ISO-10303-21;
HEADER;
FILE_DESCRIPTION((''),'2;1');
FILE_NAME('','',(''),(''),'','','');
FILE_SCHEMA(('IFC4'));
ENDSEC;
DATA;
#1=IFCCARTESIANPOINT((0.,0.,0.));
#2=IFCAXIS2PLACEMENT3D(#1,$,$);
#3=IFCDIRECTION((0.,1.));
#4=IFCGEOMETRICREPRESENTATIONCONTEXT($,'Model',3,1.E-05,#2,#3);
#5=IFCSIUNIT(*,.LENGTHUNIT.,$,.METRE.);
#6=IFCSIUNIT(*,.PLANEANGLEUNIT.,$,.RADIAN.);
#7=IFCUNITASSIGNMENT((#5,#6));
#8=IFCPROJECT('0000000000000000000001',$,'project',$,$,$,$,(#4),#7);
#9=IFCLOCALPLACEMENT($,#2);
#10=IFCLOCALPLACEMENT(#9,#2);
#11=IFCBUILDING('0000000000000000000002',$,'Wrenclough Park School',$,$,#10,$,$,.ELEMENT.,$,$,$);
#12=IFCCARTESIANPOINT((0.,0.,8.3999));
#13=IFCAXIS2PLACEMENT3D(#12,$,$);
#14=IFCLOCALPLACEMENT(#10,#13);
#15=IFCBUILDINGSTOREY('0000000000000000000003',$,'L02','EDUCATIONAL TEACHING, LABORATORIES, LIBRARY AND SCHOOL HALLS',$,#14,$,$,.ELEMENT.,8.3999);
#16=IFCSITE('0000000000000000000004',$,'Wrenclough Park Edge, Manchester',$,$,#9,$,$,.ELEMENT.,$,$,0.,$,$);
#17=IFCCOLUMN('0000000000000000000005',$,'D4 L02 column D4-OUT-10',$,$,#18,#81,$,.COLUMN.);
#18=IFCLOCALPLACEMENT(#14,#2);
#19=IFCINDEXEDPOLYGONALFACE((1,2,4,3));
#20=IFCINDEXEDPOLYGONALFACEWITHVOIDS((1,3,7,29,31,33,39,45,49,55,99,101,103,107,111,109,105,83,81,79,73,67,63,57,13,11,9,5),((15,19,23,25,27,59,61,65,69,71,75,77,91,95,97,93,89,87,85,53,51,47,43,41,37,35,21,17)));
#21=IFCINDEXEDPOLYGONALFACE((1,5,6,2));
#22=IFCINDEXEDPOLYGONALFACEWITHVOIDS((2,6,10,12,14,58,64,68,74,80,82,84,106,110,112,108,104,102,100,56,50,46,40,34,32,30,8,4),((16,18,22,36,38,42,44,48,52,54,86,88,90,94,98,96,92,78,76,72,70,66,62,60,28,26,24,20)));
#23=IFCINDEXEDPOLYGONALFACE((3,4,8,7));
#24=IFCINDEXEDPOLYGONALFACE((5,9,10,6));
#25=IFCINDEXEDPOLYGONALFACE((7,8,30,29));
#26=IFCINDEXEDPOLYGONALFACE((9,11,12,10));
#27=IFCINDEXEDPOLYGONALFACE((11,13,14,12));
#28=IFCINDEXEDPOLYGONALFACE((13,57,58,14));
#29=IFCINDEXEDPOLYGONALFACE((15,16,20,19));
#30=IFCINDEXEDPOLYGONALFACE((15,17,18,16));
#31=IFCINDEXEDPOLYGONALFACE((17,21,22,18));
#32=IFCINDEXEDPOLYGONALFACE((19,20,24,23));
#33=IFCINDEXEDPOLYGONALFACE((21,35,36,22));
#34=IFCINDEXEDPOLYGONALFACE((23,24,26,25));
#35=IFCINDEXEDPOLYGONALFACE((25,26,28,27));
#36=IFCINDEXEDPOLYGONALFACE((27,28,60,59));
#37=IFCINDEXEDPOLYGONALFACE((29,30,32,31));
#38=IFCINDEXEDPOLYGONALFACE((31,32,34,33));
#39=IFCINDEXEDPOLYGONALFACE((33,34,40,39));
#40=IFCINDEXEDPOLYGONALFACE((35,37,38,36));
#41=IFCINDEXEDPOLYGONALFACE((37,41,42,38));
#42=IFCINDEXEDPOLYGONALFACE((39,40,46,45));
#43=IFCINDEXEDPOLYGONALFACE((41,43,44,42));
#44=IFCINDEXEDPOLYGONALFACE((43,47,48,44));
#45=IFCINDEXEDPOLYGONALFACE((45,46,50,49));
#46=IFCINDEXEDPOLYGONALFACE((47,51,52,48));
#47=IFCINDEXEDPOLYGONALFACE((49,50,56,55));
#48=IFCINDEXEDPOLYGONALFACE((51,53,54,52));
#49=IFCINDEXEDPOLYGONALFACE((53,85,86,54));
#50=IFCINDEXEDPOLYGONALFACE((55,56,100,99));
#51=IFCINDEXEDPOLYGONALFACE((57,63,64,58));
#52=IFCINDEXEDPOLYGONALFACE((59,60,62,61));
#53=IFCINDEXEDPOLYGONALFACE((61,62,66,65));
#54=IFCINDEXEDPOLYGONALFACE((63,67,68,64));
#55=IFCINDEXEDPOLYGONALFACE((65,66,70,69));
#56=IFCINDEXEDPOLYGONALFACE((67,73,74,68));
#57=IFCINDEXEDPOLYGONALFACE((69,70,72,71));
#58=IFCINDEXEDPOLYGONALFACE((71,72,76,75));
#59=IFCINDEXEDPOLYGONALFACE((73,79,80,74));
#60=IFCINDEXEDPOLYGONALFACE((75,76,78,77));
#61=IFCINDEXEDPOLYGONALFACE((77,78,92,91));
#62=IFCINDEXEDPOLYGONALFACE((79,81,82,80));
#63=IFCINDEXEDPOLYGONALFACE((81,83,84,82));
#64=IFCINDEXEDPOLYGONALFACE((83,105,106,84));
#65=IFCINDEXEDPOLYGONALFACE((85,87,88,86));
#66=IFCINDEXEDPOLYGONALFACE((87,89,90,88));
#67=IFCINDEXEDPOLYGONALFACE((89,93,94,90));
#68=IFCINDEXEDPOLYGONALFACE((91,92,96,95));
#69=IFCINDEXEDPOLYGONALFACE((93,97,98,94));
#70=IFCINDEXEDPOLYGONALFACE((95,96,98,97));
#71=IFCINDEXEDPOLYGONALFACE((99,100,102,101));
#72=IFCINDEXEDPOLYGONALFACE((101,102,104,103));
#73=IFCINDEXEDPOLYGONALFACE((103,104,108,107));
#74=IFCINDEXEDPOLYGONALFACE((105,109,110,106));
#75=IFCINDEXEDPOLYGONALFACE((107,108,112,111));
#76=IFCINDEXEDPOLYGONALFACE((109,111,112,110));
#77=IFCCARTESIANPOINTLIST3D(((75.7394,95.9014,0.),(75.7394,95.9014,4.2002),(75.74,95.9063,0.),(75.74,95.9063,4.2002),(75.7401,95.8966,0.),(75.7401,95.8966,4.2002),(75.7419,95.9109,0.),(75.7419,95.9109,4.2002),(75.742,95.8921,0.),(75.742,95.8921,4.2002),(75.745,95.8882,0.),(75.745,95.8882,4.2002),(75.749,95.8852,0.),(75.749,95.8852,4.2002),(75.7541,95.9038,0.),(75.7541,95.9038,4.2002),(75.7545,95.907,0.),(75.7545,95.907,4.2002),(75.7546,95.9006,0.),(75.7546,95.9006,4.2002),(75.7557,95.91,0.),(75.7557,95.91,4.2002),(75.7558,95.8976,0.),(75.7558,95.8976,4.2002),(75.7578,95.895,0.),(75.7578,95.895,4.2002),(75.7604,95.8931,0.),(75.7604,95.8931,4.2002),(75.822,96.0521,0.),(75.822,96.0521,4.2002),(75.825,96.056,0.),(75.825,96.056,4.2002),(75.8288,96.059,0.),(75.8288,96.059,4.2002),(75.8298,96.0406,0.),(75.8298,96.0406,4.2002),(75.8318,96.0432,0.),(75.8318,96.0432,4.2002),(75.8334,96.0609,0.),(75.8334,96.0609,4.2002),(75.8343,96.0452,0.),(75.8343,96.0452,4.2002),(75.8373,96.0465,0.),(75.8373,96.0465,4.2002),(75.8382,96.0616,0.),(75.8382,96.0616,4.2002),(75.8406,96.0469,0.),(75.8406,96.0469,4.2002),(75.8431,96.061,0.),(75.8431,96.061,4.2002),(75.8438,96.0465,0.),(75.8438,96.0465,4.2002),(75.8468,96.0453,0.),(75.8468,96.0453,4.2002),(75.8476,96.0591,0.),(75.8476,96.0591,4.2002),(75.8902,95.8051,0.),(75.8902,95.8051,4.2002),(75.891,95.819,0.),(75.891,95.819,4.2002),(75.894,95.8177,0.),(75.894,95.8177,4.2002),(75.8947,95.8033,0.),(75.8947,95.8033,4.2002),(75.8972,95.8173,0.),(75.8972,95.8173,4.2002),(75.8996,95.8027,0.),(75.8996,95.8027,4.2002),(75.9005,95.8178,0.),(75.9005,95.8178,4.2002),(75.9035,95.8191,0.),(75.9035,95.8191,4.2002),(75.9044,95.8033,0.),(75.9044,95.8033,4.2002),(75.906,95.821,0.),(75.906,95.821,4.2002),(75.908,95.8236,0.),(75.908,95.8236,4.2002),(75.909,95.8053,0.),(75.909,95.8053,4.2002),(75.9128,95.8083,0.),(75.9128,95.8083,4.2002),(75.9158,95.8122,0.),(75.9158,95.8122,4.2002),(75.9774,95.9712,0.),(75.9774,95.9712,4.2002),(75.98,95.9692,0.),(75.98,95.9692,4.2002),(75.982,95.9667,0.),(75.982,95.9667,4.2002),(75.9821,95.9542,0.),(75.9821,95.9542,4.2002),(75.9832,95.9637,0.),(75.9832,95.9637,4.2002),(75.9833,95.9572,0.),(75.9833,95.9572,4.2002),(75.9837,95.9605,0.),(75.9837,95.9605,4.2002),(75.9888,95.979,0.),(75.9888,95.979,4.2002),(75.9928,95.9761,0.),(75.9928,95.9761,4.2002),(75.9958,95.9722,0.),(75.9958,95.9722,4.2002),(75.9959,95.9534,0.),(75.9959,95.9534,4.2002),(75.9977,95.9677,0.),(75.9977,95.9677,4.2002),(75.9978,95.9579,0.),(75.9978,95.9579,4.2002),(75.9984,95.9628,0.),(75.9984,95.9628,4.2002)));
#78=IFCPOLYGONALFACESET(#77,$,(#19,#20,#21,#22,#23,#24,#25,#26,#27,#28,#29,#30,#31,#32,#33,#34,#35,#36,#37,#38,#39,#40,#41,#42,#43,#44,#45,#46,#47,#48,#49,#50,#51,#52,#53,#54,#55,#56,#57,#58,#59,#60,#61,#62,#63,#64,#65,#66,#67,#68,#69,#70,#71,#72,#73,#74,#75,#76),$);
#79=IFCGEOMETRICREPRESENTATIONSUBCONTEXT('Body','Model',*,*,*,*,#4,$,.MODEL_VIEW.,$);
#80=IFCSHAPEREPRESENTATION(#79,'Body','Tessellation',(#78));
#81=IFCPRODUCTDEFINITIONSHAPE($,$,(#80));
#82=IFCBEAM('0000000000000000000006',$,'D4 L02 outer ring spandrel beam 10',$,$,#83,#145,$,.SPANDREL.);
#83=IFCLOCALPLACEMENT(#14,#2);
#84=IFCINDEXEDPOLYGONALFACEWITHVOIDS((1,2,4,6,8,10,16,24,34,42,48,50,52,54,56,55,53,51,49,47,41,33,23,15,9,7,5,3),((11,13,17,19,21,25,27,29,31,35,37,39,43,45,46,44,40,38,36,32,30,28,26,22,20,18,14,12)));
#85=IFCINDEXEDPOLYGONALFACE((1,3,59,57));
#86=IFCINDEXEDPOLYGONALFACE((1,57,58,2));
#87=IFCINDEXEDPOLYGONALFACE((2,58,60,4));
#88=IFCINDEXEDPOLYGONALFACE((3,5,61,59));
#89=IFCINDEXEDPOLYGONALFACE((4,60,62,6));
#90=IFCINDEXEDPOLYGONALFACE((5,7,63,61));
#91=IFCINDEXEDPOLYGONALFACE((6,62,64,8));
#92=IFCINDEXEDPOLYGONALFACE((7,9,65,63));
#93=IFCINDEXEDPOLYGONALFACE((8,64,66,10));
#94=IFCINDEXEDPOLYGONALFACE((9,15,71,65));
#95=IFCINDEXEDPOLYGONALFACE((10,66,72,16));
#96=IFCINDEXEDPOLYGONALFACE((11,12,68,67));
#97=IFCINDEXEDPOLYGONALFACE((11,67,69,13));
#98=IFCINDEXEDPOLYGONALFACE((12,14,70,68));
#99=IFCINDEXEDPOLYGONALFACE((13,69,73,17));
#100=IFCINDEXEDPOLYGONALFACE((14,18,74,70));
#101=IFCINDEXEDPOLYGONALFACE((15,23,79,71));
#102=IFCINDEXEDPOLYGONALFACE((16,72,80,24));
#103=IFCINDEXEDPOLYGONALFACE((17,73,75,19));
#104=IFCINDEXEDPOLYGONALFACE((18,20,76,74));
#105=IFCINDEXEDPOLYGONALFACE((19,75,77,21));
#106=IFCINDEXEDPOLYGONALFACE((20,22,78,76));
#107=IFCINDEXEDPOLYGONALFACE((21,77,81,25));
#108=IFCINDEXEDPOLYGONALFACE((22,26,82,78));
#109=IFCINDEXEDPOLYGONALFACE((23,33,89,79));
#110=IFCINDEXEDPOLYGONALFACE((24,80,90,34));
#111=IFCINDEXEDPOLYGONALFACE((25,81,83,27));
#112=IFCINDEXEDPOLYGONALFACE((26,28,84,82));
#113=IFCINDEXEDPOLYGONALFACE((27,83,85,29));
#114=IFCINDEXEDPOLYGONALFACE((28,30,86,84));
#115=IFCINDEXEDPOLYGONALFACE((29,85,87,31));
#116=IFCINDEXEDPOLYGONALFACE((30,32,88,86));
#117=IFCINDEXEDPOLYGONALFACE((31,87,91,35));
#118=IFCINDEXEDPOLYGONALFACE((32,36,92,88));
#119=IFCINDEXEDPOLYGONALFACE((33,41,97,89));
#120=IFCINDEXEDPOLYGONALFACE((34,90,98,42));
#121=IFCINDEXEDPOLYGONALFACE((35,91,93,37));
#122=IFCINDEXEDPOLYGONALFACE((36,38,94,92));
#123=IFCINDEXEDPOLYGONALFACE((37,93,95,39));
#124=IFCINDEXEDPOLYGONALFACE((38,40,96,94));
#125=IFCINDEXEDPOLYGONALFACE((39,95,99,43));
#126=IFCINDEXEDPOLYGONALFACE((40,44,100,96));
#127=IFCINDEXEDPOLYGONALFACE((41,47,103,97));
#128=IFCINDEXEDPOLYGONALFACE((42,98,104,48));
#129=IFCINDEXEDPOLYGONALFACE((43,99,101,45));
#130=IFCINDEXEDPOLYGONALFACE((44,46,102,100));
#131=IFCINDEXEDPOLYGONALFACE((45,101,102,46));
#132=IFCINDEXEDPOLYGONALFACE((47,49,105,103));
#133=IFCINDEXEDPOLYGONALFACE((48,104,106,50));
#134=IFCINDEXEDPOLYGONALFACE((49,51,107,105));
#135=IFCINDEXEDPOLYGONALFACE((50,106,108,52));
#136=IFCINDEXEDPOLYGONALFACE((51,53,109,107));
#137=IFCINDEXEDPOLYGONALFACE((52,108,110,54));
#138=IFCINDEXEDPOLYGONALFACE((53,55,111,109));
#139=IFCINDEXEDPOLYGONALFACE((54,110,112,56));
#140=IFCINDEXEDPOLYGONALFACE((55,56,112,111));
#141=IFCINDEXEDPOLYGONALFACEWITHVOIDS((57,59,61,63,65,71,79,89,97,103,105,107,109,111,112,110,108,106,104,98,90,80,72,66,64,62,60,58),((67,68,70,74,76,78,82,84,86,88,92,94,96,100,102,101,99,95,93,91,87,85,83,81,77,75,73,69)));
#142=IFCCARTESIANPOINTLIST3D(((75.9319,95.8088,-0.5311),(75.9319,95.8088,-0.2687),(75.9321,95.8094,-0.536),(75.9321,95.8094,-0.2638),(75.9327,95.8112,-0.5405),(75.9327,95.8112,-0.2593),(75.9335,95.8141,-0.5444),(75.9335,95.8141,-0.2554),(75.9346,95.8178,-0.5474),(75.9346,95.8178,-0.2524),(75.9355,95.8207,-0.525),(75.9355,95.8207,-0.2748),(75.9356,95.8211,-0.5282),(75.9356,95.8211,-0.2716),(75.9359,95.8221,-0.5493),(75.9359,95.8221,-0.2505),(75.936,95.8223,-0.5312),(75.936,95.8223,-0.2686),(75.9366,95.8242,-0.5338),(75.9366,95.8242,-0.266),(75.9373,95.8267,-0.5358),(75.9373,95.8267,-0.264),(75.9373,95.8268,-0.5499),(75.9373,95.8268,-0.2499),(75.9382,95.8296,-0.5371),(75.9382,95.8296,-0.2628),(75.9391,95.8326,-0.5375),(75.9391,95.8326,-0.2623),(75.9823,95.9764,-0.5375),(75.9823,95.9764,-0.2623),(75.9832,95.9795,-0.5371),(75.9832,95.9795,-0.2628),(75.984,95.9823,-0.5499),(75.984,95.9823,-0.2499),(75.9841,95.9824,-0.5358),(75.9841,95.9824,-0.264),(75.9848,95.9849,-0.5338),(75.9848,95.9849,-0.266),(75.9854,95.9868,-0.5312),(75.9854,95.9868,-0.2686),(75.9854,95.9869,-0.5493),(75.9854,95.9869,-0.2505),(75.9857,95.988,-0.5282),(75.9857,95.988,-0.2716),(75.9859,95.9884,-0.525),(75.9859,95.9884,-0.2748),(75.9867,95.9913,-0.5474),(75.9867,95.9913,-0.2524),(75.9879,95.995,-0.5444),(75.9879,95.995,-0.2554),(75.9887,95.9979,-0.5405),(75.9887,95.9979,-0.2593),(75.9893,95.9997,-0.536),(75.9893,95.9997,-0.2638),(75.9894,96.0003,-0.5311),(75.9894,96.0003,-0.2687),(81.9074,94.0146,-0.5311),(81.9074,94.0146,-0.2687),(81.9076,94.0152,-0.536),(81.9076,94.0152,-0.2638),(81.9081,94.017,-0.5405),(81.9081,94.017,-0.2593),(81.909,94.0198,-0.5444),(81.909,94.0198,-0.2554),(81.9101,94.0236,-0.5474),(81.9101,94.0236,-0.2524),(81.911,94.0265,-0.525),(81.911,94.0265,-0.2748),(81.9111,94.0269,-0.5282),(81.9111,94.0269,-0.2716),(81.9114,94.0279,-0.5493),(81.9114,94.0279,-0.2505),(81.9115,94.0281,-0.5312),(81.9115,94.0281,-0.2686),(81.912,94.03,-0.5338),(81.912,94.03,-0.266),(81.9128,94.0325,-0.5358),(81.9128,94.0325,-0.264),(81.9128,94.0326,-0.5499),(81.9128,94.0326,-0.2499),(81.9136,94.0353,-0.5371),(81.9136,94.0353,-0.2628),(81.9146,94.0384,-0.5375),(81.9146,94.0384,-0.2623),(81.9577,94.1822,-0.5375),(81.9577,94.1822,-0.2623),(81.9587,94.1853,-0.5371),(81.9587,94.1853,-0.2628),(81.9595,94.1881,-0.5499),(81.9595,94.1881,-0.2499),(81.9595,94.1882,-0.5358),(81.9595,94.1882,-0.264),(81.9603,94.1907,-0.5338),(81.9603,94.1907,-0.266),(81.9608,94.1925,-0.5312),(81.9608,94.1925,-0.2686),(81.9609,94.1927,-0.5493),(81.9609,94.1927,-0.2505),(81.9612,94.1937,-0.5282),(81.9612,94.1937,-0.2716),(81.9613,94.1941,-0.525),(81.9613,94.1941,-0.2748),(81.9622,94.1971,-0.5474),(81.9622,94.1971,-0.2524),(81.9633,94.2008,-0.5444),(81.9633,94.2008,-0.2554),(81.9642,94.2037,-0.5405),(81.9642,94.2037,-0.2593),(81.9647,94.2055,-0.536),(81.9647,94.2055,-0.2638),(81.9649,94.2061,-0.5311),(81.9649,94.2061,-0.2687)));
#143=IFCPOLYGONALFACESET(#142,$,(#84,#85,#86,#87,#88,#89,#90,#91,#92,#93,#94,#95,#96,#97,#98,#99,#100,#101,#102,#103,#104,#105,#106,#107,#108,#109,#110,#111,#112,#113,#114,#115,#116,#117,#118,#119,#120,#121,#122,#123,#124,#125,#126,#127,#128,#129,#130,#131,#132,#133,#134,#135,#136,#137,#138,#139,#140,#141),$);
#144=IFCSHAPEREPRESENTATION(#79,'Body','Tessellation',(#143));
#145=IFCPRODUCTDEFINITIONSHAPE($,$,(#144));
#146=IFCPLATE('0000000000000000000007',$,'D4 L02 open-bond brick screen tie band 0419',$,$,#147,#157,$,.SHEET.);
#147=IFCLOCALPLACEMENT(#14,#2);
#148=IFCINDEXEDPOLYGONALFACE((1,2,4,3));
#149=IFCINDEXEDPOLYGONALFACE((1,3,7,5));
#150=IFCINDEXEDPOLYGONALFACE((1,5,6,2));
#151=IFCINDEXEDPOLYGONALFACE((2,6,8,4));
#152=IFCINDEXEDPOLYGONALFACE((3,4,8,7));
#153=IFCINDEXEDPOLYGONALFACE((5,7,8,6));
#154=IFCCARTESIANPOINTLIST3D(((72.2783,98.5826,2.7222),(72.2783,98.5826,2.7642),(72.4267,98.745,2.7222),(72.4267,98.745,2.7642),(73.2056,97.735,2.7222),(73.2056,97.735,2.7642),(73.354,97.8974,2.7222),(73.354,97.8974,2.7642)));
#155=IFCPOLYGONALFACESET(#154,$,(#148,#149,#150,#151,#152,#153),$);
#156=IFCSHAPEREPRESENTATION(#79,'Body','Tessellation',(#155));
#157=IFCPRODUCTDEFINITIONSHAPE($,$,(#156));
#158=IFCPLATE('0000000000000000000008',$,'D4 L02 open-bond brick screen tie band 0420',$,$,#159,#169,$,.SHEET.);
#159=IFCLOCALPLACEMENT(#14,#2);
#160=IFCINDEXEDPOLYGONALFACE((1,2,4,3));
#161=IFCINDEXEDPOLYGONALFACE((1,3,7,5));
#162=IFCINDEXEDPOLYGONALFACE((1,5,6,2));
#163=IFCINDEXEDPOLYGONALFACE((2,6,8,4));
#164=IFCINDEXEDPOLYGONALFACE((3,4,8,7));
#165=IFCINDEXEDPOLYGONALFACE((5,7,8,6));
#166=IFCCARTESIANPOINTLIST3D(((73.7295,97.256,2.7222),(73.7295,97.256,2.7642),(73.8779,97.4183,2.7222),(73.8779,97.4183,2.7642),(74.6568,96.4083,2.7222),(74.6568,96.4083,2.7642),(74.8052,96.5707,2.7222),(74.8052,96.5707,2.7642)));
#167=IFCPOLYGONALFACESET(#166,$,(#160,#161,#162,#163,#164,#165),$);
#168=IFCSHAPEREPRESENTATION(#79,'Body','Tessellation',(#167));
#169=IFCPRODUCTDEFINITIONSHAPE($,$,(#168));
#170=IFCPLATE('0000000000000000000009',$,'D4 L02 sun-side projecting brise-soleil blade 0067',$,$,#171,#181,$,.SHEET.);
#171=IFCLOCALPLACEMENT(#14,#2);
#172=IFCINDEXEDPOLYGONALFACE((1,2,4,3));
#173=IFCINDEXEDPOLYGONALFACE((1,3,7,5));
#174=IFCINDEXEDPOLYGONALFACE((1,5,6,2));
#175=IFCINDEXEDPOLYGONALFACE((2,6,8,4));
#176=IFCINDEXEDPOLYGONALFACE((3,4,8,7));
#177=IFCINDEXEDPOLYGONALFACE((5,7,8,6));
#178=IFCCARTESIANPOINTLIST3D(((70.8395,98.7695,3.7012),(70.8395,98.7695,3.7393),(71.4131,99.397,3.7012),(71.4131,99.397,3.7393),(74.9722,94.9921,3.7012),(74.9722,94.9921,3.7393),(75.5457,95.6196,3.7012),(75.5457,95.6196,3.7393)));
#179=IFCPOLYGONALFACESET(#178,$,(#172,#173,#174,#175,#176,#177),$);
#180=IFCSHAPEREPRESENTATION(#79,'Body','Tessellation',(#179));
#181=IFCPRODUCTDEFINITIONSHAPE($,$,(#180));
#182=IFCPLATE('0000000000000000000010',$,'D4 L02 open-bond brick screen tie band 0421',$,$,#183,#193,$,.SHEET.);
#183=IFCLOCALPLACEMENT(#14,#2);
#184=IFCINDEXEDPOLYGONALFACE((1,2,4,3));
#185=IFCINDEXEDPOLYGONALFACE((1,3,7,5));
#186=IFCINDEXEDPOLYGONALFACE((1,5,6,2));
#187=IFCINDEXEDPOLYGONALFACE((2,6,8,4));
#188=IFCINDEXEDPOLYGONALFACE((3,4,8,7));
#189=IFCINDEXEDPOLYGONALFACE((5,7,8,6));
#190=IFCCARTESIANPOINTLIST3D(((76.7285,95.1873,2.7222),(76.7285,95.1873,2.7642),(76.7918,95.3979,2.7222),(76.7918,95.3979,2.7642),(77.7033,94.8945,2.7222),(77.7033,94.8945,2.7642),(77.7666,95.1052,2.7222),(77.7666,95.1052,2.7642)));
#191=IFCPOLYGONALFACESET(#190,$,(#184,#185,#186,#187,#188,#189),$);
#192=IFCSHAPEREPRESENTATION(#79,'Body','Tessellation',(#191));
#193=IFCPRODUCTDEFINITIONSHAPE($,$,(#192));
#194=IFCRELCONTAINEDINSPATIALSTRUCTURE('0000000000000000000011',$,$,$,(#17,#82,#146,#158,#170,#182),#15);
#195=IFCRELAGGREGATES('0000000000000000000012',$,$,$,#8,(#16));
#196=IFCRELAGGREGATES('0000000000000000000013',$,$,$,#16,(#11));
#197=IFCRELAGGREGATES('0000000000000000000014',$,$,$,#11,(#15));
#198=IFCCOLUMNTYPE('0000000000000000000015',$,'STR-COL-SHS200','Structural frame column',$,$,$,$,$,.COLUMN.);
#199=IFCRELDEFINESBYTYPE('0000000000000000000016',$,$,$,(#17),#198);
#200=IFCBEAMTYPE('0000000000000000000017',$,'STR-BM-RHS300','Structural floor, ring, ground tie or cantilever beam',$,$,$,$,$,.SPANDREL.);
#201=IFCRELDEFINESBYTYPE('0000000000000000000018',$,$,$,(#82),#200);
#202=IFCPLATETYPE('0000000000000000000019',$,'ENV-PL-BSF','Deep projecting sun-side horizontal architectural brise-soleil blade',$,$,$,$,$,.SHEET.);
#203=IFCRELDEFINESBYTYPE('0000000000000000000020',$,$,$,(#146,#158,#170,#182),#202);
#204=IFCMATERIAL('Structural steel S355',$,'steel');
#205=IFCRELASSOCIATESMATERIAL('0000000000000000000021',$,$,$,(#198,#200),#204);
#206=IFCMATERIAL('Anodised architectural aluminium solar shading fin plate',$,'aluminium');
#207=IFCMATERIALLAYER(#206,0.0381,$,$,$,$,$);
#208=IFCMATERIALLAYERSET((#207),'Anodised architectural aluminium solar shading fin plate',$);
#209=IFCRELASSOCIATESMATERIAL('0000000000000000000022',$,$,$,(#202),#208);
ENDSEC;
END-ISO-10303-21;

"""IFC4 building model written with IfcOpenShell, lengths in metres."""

from ifc_helpers import new_model, si_unit, direction, frame, origin, origin_2d, place, context, subcontext, project, spatial, rectangle, hollow_rectangle, extrude, material, layer, layer_set, material_profile, profile_set, type_object, element, save


model = new_model("IFC4")

# Units and contexts
model_context = context("Model", 3, precision=1e-05, world=origin(), true_north=direction((0.0, 1.0)))
body_context = subcontext(model_context, "Body", "Model", "MODEL_VIEW")
ifc_project = project(units=[si_unit("LENGTHUNIT", "METRE"), si_unit("PLANEANGLEUNIT", "RADIAN")], contexts=[model_context])

# Site, building, storey
site_placement = place(None, origin())
site = spatial("IfcSite", under=ifc_project, at=site_placement, Name="Wrenclough Park Edge, Manchester", CompositionType="ELEMENT", RefElevation=0.0)
building_placement = place(site_placement, origin())
building = spatial("IfcBuilding", under=site, at=building_placement, Name="Wrenclough Park School", CompositionType="ELEMENT")
storey_placement = place(building_placement, frame((0.0, 0.0, 8.3999)))
storey = spatial("IfcBuildingStorey", under=building, at=storey_placement, Name="L02", Description="EDUCATIONAL TEACHING, LABORATORIES, LIBRARY AND SCHOOL HALLS", CompositionType="ELEMENT", Elevation=8.3999)

# Column
ifc_material_1 = material(Name="Structural steel S355", Category="steel")
ifc_material_profile_1 = material_profile(ifc_material_1, hollow_rectangle(XDim=0.2, YDim=0.2, WallThickness=0.0125, InnerFilletRadius=0.0125, OuterFilletRadius=0.0188, at=origin_2d()), Name="SHS 200x200x12.5")
ifc_profile_set_1 = profile_set([ifc_material_profile_1], Name="Structural steel S355")
column_type = type_object("IfcColumnType", Name="STR-COL-SHS200", Description="Structural frame column", PredefinedType="COLUMN", material=ifc_profile_set_1)
column_placement = place(storey_placement, frame((75.8689, 95.9321, 0.0), z_axis=(0.0, 0.0, 1.0), x_axis=(0.869753, -0.493487, 0.0)))
element("IfcColumn", 1, at=column_placement, inside=storey, type_object=column_type, Name="D4 L02 column D4-OUT-10", PredefinedType="COLUMN", context=body_context, shape_type="SweptSolid", body=[
    extrude(hollow_rectangle(XDim=0.2, YDim=0.2, WallThickness=0.0125, InnerFilletRadius=0.0125, OuterFilletRadius=0.0188, at=origin_2d()), origin(), (0.0, 0.0, 1.0), 4.2002),
])

# Beam
ifc_material_profile_2 = material_profile(ifc_material_1, hollow_rectangle(XDim=0.2, YDim=0.3, WallThickness=0.0125, InnerFilletRadius=0.0125, OuterFilletRadius=0.0188, at=origin_2d()), Name="RHS 300x200x12.5")
ifc_profile_set_2 = profile_set([ifc_material_profile_2], Name="Structural steel S355")
beam_type = type_object("IfcBeamType", Name="STR-BM-RHS300", Description="Structural floor, ring, ground tie or cantilever beam", PredefinedType="SPANDREL", material=ifc_profile_set_2)
beam_placement = place(storey_placement, frame((75.9607, 95.9045, -0.3999), z_axis=(0.957756, -0.287581, 0.0), x_axis=(0.287581, 0.957756, 0.0)))
element("IfcBeam", 2, at=beam_placement, inside=storey, type_object=beam_type, Name="D4 L02 outer ring spandrel beam 10", PredefinedType="SPANDREL", context=body_context, shape_type="SweptSolid", body=[
    extrude(hollow_rectangle(XDim=0.2, YDim=0.3, WallThickness=0.0125, InnerFilletRadius=0.0125, OuterFilletRadius=0.0188, at=origin_2d()), origin(), (0.0, 0.0, 1.0), 6.239),
])

# Plates
ifc_material_2 = material(Name="Anodised architectural aluminium solar shading fin plate", Category="aluminium")
ifc_layer_1 = layer(ifc_material_2, 0.0381)
ifc_layer_set_1 = layer_set([ifc_layer_1], Name="Anodised architectural aluminium solar shading fin plate")
plate_type = type_object("IfcPlateType", Name="ENV-PL-BSF", Description="Deep projecting sun-side horizontal architectural brise-soleil blade", PredefinedType="SHEET", material=ifc_layer_set_1)
for number, where, z_axis, x_axis, name in (
    (3, (72.8162, 98.24, 2.7222), (0.0, 0.0, 1.0), (0.738121, -0.674668, 0.0), "D4 L02 open-bond brick screen tie band 0419"),
    (4, (74.2673, 96.9133, 2.7222), (0.0, 0.0, 1.0), (0.738121, -0.674668, 0.0), "D4 L02 open-bond brick screen tie band 0420"),
):
    element("IfcPlate", number, at=place(storey_placement, frame(where, z_axis=z_axis, x_axis=x_axis)), inside=storey, type_object=plate_type, Name=name, PredefinedType="SHEET", context=body_context, shape_type="SweptSolid", body=[
        extrude(rectangle(XDim=1.2563, YDim=0.22, at=origin_2d()), origin(), (0.0, 0.0, 1.0), 0.042),
    ])
plate_1_placement = place(storey_placement, frame((73.1926, 97.1946, 3.7012), z_axis=(0.0, 0.0, 1.0), x_axis=(0.738121, -0.674668, 0.0)))
element("IfcPlate", 5, at=plate_1_placement, inside=storey, type_object=plate_type, Name="D4 L02 sun-side projecting brise-soleil blade 0067", PredefinedType="SHEET", context=body_context, shape_type="SweptSolid", body=[
    extrude(rectangle(XDim=5.5989, YDim=0.8501, at=origin_2d()), origin(), (0.0, 0.0, 1.0), 0.0381),
])
for number, where, z_axis, x_axis, name in (
    (6, (77.2476, 95.1462, 2.7222), (0.0, 0.0, 1.0), (0.957751, -0.287598, 0.0), "D4 L02 open-bond brick screen tie band 0421"),
):
    element("IfcPlate", number, at=place(storey_placement, frame(where, z_axis=z_axis, x_axis=x_axis)), inside=storey, type_object=plate_type, Name=name, PredefinedType="SHEET", context=body_context, shape_type="SweptSolid", body=[
        extrude(rectangle(XDim=1.0178, YDim=0.22, at=origin_2d()), origin(), (0.0, 0.0, 1.0), 0.042),
    ])

save(model, "model.ifc")
